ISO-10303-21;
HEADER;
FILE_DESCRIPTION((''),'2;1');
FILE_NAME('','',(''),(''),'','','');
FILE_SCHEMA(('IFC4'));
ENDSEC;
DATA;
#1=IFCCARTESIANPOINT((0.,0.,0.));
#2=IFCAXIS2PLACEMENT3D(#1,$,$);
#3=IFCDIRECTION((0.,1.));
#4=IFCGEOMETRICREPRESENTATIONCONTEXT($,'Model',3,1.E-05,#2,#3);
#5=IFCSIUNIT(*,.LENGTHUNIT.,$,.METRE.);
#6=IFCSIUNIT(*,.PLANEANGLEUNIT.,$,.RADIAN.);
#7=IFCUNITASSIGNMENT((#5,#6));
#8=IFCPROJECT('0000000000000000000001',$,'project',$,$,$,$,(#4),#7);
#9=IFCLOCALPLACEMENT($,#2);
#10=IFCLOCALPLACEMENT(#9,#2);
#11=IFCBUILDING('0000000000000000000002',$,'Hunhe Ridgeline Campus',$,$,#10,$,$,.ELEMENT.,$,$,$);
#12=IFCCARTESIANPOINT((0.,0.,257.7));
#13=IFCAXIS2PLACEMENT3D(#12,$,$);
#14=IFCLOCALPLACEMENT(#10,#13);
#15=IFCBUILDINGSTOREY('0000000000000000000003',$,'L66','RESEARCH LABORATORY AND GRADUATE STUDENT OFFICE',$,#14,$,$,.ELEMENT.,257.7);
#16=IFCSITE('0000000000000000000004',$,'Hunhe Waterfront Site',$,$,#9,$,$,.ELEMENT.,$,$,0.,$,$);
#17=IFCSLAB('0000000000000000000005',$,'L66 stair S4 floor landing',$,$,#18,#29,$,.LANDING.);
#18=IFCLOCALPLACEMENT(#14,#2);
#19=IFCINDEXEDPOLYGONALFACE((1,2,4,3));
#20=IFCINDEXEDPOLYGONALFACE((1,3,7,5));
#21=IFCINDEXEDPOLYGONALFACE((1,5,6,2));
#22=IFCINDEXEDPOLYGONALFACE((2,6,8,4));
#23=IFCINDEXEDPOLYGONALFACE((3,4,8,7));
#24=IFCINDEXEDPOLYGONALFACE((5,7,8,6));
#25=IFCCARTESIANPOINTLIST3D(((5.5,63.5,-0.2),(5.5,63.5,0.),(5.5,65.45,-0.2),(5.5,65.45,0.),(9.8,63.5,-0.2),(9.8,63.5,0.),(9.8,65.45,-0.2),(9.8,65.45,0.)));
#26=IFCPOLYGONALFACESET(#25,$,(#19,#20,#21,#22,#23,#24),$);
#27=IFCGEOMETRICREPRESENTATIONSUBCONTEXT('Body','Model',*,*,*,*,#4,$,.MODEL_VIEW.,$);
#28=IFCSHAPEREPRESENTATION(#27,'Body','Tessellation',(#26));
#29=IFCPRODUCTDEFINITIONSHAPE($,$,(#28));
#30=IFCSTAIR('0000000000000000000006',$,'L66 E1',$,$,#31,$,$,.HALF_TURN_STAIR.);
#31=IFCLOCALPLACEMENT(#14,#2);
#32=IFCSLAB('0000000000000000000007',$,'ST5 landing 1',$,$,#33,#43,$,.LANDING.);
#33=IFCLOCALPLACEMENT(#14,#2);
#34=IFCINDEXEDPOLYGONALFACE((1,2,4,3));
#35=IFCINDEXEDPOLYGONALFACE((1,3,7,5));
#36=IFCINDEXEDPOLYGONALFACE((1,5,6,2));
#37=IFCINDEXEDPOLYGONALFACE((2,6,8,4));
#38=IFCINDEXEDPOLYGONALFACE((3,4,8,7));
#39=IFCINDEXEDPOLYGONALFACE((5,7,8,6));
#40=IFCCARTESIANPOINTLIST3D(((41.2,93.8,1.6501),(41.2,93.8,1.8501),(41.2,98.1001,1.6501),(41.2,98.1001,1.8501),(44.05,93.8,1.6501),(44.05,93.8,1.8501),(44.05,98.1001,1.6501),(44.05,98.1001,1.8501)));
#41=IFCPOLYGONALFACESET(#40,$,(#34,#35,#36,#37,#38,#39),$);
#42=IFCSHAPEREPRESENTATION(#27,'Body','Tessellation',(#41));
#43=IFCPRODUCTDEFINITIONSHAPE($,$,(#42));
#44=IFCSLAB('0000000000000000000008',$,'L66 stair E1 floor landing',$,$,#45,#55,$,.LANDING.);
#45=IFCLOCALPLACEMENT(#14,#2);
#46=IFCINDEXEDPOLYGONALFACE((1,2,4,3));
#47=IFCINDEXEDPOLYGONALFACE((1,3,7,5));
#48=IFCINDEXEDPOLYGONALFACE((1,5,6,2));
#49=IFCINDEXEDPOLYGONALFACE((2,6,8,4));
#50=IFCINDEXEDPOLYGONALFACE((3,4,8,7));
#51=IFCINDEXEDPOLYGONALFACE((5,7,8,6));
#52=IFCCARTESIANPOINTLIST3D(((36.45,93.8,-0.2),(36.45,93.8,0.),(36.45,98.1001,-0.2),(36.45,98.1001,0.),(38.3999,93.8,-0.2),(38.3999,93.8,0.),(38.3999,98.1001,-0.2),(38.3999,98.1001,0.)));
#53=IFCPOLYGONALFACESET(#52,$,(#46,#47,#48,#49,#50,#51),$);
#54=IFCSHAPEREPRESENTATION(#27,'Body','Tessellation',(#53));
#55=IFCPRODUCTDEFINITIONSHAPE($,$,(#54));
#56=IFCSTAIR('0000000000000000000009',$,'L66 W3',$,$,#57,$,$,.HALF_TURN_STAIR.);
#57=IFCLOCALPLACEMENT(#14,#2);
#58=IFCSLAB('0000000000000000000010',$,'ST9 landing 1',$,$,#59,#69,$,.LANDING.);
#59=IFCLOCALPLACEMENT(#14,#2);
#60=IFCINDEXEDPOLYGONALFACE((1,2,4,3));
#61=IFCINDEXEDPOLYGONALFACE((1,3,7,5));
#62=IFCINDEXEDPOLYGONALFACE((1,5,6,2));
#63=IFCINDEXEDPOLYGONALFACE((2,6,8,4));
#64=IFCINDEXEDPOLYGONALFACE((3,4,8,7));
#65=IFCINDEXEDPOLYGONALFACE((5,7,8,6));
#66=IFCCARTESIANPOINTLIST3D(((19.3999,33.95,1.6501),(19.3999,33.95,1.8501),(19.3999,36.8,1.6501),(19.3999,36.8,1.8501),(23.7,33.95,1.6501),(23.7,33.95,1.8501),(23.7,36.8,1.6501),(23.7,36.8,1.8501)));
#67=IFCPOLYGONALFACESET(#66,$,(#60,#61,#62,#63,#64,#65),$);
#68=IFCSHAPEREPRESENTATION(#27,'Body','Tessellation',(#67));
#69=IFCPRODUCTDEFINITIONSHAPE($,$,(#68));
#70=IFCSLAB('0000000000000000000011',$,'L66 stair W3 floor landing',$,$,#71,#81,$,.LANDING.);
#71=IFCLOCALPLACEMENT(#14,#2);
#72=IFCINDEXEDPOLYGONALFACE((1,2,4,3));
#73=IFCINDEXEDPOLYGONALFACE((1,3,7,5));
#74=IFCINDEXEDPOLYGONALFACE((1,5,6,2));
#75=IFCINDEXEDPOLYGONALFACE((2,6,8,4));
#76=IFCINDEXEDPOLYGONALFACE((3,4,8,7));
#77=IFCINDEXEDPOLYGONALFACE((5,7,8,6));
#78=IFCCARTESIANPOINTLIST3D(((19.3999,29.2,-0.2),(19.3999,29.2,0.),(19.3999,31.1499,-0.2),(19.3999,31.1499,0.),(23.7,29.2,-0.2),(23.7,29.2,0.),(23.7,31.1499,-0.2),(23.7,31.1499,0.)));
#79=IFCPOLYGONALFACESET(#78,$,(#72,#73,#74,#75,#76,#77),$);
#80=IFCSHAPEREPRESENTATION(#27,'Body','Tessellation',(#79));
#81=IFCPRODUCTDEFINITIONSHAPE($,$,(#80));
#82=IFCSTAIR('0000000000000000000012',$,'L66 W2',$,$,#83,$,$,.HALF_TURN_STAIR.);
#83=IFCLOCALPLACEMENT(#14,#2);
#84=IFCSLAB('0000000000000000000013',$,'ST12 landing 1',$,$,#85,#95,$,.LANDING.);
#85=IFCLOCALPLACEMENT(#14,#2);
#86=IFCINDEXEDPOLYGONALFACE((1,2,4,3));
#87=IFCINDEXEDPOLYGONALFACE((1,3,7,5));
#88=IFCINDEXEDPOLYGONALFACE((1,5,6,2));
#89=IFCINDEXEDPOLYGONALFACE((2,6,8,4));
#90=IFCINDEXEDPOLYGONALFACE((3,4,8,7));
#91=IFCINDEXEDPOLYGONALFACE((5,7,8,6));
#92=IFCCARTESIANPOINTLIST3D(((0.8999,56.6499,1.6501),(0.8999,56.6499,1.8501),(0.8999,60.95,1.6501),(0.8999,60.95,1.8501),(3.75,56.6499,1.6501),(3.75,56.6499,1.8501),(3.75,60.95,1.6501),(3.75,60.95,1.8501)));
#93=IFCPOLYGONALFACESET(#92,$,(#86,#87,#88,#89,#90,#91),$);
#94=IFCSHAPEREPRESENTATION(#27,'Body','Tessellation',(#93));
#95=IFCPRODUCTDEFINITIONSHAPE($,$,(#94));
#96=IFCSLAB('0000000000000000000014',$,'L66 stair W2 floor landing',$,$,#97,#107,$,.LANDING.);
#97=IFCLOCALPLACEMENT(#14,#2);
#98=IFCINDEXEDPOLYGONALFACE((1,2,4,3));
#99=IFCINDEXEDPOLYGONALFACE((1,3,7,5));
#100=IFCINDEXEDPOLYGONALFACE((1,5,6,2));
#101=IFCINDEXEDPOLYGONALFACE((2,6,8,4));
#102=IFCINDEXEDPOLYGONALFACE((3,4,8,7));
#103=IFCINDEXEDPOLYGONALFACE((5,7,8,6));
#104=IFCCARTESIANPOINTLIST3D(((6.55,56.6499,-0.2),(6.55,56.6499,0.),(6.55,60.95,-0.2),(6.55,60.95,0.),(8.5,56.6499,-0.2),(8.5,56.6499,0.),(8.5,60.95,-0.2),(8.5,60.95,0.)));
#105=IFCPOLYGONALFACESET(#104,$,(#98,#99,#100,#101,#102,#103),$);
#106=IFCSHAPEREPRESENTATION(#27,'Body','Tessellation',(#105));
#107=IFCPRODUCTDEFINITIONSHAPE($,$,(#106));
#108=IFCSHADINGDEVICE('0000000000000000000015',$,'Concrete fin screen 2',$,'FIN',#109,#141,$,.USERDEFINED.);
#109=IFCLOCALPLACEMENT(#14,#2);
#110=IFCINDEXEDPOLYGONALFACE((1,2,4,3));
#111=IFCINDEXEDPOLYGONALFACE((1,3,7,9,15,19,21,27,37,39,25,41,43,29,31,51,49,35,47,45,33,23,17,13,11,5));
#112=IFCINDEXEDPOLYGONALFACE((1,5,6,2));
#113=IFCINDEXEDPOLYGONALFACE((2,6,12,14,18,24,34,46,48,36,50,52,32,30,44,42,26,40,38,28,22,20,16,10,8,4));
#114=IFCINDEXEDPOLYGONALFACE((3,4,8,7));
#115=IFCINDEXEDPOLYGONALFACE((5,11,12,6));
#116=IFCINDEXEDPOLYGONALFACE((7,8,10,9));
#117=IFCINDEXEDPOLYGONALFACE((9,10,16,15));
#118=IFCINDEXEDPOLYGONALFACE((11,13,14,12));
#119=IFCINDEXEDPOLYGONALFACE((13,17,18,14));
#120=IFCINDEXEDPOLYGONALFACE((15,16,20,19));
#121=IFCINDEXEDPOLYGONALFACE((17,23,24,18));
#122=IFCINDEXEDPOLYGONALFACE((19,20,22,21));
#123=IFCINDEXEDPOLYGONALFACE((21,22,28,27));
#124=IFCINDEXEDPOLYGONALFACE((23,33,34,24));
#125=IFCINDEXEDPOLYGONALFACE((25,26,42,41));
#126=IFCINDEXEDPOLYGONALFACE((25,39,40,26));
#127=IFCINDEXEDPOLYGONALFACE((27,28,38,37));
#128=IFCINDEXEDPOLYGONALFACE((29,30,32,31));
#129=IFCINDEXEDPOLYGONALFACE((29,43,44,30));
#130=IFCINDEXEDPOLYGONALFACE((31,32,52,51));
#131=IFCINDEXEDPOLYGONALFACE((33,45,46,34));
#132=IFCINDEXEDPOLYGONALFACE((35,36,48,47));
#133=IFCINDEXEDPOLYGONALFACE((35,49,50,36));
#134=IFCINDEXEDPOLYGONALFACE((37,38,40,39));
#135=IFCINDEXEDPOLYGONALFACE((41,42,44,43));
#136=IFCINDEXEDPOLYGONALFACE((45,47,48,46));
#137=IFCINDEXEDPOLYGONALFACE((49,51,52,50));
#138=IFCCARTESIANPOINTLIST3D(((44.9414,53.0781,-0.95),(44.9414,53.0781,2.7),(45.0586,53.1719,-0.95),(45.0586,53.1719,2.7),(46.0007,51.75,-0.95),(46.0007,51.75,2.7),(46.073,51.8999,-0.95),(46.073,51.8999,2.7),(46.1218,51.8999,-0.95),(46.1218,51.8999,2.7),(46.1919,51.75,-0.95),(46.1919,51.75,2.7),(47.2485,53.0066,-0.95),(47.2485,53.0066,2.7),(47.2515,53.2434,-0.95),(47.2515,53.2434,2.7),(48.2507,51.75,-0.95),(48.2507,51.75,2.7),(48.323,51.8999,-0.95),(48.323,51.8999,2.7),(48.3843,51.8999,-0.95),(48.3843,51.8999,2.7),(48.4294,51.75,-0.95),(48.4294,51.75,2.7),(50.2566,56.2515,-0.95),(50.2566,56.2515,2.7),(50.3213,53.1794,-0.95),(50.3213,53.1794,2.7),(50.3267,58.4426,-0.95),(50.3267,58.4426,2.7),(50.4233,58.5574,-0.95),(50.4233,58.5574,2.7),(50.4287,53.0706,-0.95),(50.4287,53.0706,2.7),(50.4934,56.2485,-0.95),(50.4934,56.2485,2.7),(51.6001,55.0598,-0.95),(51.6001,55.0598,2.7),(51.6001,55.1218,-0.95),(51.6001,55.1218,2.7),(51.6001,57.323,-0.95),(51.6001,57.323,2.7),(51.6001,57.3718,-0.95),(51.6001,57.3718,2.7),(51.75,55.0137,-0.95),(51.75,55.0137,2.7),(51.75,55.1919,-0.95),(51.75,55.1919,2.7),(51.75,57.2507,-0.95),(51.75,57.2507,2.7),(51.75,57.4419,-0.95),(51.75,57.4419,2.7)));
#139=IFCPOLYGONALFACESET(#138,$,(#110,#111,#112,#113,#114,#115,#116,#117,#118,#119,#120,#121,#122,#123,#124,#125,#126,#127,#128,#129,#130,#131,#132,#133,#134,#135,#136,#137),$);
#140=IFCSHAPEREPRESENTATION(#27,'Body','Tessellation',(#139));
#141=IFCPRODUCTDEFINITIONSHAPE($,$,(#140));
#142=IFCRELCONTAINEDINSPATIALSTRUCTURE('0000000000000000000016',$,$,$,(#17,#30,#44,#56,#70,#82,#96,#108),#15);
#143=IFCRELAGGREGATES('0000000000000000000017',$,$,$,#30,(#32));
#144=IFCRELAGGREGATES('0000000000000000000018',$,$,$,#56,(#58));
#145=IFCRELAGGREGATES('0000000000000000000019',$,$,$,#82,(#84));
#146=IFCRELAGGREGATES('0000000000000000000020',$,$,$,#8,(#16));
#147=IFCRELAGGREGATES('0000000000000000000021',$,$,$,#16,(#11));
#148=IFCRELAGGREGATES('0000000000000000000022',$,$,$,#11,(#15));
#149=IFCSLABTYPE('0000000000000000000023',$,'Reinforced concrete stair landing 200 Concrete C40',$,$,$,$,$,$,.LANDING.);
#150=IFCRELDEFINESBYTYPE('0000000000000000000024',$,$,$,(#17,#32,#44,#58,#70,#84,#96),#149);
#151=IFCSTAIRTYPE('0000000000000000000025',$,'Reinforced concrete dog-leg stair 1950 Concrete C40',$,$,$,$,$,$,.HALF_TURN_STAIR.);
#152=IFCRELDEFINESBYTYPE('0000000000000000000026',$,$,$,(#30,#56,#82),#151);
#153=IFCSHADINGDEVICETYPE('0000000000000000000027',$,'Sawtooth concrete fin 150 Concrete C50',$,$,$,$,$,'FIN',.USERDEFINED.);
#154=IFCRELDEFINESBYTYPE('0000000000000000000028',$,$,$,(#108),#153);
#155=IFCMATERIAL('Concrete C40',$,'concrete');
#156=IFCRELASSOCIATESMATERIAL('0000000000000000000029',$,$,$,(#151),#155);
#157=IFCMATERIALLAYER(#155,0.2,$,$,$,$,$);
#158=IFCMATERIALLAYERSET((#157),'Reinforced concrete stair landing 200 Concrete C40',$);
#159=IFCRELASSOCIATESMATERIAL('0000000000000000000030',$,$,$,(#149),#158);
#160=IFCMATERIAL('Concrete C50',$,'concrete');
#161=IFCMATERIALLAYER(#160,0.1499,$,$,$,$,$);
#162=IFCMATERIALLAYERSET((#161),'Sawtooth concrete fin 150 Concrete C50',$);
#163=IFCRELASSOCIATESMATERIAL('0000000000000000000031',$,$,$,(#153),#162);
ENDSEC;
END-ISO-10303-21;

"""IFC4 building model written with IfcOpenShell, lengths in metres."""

from ifc_helpers import new_model, si_unit, direction, frame, origin, place, context, subcontext, project, spatial, polyline, outline, extrude, material, layer, layer_set, type_object, element, aggregate, save


model = new_model("IFC4")

# Units and contexts
model_context = context("Model", 3, precision=1e-05, world=origin(), true_north=direction((0.0, 1.0)))
body_context = subcontext(model_context, "Body", "Model", "MODEL_VIEW")
ifc_project = project(units=[si_unit("LENGTHUNIT", "METRE"), si_unit("PLANEANGLEUNIT", "RADIAN")], contexts=[model_context])

# Site, building, storey
site_placement = place(None, origin())
site = spatial("IfcSite", under=ifc_project, at=site_placement, Name="Hunhe Waterfront Site", CompositionType="ELEMENT", RefElevation=0.0)
building_placement = place(site_placement, origin())
building = spatial("IfcBuilding", under=site, at=building_placement, Name="Hunhe Ridgeline Campus", CompositionType="ELEMENT")
storey_placement = place(building_placement, frame((0.0, 0.0, 257.7)))
storey = spatial("IfcBuildingStorey", under=building, at=storey_placement, Name="L66", Description="RESEARCH LABORATORY AND GRADUATE STUDENT OFFICE", CompositionType="ELEMENT", Elevation=257.7)

# Shared definitions
ifc_material_1 = material(Name="Concrete C50", Category="concrete")

# Shared definitions
ifc_material_2 = material(Name="Concrete C40", Category="concrete")

# Shared definitions
stair_type = type_object("IfcStairType", Name="Reinforced concrete dog-leg stair 1950 Concrete C40", PredefinedType="HALF_TURN_STAIR", material=ifc_material_2)
ifc_layer_1 = layer(ifc_material_2, 0.2)
ifc_layer_set_1 = layer_set([ifc_layer_1], Name="Reinforced concrete stair landing 200 Concrete C40")
slab_type_1 = type_object("IfcSlabType", Name="Reinforced concrete stair landing 200 Concrete C40", PredefinedType="LANDING", material=ifc_layer_set_1)

# Slab
slab_1_placement = place(storey_placement, frame((0.0, 0.0, -0.2)))
element("IfcSlab", 1, at=slab_1_placement, inside=storey, type_object=slab_type_1, Name="L66 stair S4 floor landing", PredefinedType="LANDING", context=body_context, shape_type="SweptSolid", body=[
    extrude(outline(polyline([(9.8, 63.5), (9.8, 65.45), (5.5, 65.45), (5.5, 63.5), (9.8, 63.5)])), origin(), (0.0, 0.0, 1.0), 0.2),
])

# Stair, slab
stair_1_placement = place(storey_placement, origin())
stair_1 = element("IfcStair", 2, at=stair_1_placement, inside=storey, type_object=stair_type, Name="L66 E1", PredefinedType="HALF_TURN_STAIR")
slab_2_placement = place(storey_placement, frame((0.0, 0.0, 1.6501)))
slab_2 = element("IfcSlab", 3, at=slab_2_placement, type_object=slab_type_1, Name="ST5 landing 1", PredefinedType="LANDING", context=body_context, shape_type="SweptSolid", body=[
    extrude(outline(polyline([(41.2, 93.8), (44.05, 93.8), (44.05, 98.1001), (41.2, 98.1001), (41.2, 93.8)])), origin(), (0.0, 0.0, 1.0), 0.2),
])
aggregate(stair_1, [slab_2])

# Slab
slab_3_placement = place(storey_placement, frame((0.0, 0.0, -0.2)))
element("IfcSlab", 4, at=slab_3_placement, inside=storey, type_object=slab_type_1, Name="L66 stair E1 floor landing", PredefinedType="LANDING", context=body_context, shape_type="SweptSolid", body=[
    extrude(outline(polyline([(36.45, 93.8), (38.3999, 93.8), (38.3999, 98.1001), (36.45, 98.1001), (36.45, 93.8)])), origin(), (0.0, 0.0, 1.0), 0.2),
])

# Stair, slab
stair_2_placement = place(storey_placement, origin())
stair_2 = element("IfcStair", 5, at=stair_2_placement, inside=storey, type_object=stair_type, Name="L66 W3", PredefinedType="HALF_TURN_STAIR")
slab_4_placement = place(storey_placement, frame((0.0, 0.0, 1.6501)))
slab_4 = element("IfcSlab", 6, at=slab_4_placement, type_object=slab_type_1, Name="ST9 landing 1", PredefinedType="LANDING", context=body_context, shape_type="SweptSolid", body=[
    extrude(outline(polyline([(23.7, 33.95), (23.7, 36.8), (19.3999, 36.8), (19.3999, 33.95), (23.7, 33.95)])), origin(), (0.0, 0.0, 1.0), 0.2),
])
aggregate(stair_2, [slab_4])

# Slab
slab_5_placement = place(storey_placement, frame((0.0, 0.0, -0.2)))
element("IfcSlab", 7, at=slab_5_placement, inside=storey, type_object=slab_type_1, Name="L66 stair W3 floor landing", PredefinedType="LANDING", context=body_context, shape_type="SweptSolid", body=[
    extrude(outline(polyline([(23.7, 29.2), (23.7, 31.1499), (19.3999, 31.1499), (19.3999, 29.2), (23.7, 29.2)])), origin(), (0.0, 0.0, 1.0), 0.2),
])

# Stair, slab
stair_3_placement = place(storey_placement, origin())
stair_3 = element("IfcStair", 8, at=stair_3_placement, inside=storey, type_object=stair_type, Name="L66 W2", PredefinedType="HALF_TURN_STAIR")
slab_6_placement = place(storey_placement, frame((0.0, 0.0, 1.6501)))
slab_6 = element("IfcSlab", 9, at=slab_6_placement, type_object=slab_type_1, Name="ST12 landing 1", PredefinedType="LANDING", context=body_context, shape_type="SweptSolid", body=[
    extrude(outline(polyline([(3.75, 60.95), (0.8999, 60.95), (0.8999, 56.6499), (3.75, 56.6499), (3.75, 60.95)])), origin(), (0.0, 0.0, 1.0), 0.2),
])
aggregate(stair_3, [slab_6])

# Slab
slab_7_placement = place(storey_placement, frame((0.0, 0.0, -0.2)))
element("IfcSlab", 10, at=slab_7_placement, inside=storey, type_object=slab_type_1, Name="L66 stair W2 floor landing", PredefinedType="LANDING", context=body_context, shape_type="SweptSolid", body=[
    extrude(outline(polyline([(8.5, 60.95), (6.55, 60.95), (6.55, 56.6499), (8.5, 56.6499), (8.5, 60.95)])), origin(), (0.0, 0.0, 1.0), 0.2),
])

# Shading device
ifc_layer_2 = layer(ifc_material_1, 0.1499)
ifc_layer_set_2 = layer_set([ifc_layer_2], Name="Sawtooth concrete fin 150 Concrete C50")
shading_device_type = type_object("IfcShadingDeviceType", Name="Sawtooth concrete fin 150 Concrete C50", ElementType="FIN", PredefinedType="USERDEFINED", material=ifc_layer_set_2)
shading_device_1_placement = place(storey_placement, frame((0.0, 0.0, -0.95)))
element("IfcShadingDevice", 11, at=shading_device_1_placement, inside=storey, type_object=shading_device_type, Name="Concrete fin screen 2", ObjectType="FIN", PredefinedType="USERDEFINED", context=body_context, shape_type="SweptSolid", body=[
    extrude(outline(polyline([(45.0586, 53.1719), (44.9414, 53.0781), (46.0007, 51.75), (46.1919, 51.75), (47.2485, 53.0066), (48.2507, 51.75), (48.4294, 51.75), (50.4287, 53.0706), (51.75, 55.0137), (51.75, 55.1919), (50.4934, 56.2485), (51.75, 57.2507), (51.75, 57.4419), (50.4233, 58.5574), (50.3267, 58.4426), (51.6001, 57.3718), (51.6001, 57.323), (50.2566, 56.2515), (51.6001, 55.1218), (51.6001, 55.0598), (50.3213, 53.1794), (48.3843, 51.8999), (48.323, 51.8999), (47.2515, 53.2434), (46.1218, 51.8999), (46.073, 51.8999), (45.0586, 53.1719)])), origin(), (0.0, 0.0, 1.0), 3.6499),
])

save(model, "model.ifc")
